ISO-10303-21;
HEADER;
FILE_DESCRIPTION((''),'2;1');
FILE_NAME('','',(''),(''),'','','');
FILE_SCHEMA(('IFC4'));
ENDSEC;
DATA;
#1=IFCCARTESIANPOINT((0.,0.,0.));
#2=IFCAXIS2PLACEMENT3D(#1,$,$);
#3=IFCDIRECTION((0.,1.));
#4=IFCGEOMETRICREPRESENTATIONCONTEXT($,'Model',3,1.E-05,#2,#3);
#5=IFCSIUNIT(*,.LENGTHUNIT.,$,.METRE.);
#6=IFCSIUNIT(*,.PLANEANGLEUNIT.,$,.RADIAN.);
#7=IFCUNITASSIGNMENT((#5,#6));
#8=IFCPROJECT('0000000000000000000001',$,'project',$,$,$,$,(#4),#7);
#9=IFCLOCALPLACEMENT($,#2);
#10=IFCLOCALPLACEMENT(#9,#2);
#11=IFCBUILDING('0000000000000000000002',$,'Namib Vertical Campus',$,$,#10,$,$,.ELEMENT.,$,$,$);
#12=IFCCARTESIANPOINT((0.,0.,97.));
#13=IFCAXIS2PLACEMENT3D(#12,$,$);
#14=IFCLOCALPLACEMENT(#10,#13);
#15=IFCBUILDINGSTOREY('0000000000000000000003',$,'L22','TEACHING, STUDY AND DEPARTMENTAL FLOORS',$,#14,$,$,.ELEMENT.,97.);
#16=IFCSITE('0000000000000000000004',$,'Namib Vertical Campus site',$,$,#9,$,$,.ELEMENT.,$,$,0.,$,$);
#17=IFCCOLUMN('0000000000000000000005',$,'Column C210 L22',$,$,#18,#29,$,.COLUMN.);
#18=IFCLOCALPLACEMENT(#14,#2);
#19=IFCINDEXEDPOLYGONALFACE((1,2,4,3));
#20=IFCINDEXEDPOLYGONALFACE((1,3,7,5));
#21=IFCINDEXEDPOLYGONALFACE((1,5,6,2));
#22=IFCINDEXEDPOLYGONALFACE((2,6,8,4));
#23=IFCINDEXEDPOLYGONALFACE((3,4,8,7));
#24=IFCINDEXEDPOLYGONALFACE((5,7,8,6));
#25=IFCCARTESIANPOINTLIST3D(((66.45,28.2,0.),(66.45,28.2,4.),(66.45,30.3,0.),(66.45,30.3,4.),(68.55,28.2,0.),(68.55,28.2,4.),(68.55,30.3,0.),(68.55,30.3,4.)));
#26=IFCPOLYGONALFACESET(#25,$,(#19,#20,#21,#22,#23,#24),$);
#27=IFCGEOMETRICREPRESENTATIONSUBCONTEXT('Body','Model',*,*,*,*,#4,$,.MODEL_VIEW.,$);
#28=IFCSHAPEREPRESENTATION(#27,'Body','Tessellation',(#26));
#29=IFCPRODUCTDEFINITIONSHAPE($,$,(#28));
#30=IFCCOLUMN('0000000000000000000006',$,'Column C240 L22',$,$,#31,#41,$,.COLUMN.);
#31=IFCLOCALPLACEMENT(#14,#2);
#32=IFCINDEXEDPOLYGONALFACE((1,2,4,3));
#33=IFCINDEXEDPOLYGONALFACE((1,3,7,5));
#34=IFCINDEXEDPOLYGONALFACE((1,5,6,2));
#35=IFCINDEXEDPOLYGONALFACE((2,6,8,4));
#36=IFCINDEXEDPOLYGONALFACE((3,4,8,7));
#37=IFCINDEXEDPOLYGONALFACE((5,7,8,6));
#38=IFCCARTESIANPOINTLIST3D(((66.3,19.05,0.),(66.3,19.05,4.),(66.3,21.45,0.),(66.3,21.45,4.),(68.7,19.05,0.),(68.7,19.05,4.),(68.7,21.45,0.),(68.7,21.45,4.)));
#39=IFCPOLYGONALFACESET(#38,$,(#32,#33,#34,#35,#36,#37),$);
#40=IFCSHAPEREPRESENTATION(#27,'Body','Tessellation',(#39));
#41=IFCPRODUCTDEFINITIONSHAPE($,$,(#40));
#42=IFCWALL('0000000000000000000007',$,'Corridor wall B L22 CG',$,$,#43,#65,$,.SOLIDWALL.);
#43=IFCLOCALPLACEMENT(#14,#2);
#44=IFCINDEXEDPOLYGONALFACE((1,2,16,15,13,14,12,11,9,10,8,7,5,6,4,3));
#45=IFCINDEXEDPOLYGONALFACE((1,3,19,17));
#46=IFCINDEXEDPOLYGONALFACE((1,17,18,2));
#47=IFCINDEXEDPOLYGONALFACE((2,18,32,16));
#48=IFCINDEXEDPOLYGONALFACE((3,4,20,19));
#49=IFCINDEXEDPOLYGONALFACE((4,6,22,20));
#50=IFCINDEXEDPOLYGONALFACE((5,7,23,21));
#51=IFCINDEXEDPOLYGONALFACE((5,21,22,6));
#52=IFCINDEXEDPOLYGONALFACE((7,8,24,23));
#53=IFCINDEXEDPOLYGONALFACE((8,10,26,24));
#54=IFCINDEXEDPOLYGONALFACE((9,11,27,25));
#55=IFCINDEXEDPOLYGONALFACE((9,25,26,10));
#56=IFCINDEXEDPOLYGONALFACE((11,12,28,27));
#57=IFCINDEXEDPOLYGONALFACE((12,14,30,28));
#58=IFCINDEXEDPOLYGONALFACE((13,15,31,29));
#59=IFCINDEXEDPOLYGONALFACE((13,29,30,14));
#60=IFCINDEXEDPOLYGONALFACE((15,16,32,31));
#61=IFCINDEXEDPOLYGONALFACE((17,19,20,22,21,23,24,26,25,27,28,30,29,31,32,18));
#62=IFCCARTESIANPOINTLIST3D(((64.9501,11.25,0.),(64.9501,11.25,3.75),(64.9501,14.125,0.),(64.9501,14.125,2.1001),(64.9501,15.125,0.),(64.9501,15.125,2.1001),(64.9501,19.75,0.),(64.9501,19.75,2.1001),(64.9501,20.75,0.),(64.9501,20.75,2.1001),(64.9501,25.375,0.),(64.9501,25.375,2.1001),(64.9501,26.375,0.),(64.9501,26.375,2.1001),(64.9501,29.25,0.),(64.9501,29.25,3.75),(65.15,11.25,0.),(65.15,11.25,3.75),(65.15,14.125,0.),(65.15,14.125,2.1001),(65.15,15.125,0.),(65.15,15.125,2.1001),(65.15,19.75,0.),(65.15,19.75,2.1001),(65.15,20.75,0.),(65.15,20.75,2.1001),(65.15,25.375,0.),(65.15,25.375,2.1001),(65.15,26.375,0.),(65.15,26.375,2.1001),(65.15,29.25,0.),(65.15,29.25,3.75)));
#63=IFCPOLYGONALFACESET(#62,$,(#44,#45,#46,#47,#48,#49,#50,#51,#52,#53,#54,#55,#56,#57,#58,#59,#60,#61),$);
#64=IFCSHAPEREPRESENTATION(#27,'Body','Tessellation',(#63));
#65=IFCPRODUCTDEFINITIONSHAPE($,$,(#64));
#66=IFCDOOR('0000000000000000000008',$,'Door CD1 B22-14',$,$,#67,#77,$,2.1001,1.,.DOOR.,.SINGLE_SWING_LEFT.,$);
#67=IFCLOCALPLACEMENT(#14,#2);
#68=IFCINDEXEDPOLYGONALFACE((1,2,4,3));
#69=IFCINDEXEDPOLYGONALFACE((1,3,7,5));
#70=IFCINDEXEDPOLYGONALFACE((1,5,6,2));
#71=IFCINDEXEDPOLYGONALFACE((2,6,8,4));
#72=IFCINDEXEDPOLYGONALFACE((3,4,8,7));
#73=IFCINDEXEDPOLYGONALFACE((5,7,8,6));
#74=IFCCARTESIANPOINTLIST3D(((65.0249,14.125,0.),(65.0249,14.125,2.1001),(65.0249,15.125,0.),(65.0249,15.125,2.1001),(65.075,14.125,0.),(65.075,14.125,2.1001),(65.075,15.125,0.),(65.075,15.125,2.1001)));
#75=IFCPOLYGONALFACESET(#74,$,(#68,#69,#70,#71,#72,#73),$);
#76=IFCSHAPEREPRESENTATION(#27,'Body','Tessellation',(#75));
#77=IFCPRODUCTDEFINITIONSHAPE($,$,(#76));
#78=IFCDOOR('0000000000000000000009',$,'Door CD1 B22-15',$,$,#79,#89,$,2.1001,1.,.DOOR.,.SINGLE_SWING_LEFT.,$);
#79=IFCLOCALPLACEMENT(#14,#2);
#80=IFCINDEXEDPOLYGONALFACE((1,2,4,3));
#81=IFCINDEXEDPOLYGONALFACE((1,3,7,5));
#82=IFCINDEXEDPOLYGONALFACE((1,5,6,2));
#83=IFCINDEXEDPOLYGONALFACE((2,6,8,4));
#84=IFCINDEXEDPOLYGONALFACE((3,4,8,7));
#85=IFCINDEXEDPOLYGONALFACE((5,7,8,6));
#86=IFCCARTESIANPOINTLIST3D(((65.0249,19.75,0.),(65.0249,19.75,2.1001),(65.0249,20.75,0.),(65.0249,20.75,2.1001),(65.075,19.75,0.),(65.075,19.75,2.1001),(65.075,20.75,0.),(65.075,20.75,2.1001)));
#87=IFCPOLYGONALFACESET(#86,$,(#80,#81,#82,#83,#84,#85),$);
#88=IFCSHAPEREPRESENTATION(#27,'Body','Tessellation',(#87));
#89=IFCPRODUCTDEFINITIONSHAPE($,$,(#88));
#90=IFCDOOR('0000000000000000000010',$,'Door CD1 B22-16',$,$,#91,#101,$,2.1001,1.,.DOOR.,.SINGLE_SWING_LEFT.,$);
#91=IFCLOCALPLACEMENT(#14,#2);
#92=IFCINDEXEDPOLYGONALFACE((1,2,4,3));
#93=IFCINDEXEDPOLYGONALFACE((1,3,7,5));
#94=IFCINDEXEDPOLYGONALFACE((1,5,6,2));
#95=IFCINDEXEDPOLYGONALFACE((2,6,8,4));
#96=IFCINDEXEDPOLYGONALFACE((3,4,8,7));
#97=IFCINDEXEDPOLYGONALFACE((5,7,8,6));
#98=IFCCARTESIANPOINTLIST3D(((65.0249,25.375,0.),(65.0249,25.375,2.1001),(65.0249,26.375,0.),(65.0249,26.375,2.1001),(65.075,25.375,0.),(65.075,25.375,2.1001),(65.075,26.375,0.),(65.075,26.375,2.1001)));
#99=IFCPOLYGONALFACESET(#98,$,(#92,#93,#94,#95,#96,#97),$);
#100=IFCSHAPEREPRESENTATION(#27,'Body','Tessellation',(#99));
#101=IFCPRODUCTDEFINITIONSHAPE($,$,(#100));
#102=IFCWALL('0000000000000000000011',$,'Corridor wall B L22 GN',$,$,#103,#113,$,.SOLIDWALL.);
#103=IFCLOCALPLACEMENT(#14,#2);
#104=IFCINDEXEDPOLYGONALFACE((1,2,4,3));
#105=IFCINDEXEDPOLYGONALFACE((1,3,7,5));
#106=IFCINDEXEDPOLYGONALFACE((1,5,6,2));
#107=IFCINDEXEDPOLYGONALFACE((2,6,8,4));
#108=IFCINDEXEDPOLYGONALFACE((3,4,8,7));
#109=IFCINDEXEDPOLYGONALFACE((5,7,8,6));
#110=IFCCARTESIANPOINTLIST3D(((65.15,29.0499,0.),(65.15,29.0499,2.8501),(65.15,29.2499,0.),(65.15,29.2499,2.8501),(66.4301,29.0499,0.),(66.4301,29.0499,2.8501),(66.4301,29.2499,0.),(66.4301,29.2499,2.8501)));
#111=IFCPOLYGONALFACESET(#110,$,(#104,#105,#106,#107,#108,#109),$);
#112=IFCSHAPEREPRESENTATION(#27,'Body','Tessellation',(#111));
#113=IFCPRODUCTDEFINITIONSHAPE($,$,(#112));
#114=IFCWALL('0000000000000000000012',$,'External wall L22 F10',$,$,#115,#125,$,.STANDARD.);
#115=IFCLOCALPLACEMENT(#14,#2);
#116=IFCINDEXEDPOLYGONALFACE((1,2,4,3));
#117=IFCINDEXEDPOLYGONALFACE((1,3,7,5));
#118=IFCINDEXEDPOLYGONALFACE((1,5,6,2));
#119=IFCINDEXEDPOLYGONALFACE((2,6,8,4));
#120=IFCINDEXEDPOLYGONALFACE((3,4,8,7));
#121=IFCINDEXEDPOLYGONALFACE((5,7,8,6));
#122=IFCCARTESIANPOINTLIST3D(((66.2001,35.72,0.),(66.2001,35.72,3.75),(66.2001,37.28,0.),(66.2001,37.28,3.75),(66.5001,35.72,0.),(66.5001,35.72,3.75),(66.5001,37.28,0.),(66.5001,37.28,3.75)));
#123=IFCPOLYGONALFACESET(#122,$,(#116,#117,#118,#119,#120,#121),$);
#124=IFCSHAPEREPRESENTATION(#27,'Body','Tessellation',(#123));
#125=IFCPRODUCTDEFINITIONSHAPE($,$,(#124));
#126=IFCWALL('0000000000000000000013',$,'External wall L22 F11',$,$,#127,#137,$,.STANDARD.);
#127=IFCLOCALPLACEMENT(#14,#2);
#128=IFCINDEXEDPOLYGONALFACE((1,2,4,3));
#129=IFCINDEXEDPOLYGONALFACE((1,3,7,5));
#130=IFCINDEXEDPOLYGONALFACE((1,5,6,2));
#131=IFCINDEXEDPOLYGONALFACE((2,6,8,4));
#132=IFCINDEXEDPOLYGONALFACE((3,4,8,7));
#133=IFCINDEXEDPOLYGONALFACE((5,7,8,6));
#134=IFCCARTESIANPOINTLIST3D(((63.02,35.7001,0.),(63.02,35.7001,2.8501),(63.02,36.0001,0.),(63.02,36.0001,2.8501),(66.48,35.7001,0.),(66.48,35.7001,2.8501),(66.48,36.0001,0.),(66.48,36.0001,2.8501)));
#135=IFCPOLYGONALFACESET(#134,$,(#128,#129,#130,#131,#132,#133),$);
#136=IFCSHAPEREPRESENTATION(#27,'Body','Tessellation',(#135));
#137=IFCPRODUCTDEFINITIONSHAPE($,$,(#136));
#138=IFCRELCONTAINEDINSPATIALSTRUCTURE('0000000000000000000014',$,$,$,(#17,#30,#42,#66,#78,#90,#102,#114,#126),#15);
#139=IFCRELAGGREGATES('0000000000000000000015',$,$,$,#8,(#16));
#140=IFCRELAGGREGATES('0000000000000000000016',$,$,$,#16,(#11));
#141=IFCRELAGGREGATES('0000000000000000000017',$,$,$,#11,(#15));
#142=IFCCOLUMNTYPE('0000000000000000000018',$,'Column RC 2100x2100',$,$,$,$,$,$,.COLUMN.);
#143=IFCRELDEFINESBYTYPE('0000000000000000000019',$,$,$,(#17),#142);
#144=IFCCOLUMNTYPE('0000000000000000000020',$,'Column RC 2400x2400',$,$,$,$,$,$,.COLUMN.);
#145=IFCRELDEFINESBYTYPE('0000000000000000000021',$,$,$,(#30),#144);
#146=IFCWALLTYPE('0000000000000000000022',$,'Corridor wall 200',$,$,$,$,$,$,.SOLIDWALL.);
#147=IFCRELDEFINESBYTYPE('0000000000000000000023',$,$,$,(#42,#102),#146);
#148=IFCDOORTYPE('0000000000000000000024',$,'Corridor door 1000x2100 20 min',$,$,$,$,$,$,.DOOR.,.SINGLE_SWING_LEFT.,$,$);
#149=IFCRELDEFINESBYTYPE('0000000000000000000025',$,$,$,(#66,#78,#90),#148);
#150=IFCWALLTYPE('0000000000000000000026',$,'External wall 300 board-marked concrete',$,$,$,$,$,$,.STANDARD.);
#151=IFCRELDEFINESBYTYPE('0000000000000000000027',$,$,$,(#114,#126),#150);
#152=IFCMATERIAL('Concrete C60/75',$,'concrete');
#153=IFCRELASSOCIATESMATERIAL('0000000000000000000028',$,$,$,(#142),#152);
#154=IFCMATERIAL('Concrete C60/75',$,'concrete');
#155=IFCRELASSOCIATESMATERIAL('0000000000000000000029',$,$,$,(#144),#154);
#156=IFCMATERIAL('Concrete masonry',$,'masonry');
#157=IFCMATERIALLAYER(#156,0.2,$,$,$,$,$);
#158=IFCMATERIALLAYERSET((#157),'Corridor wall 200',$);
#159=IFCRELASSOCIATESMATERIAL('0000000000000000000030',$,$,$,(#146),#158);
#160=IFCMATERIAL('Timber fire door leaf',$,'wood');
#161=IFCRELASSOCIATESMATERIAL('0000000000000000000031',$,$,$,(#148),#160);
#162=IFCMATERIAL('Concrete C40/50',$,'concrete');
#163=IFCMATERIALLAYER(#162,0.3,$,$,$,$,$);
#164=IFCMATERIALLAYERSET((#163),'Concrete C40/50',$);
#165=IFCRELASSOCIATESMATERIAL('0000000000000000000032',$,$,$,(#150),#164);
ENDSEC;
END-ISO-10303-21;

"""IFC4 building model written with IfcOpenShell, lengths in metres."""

from ifc_helpers import new_model, si_unit, direction, frame, frame_2d, origin, origin_2d, place, context, subcontext, project, spatial, rectangle, extrude, material, layer, layer_set, material_profile, profile_set, type_object, element, fill, save


model = new_model("IFC4")

# Units and contexts
model_context = context("Model", 3, precision=1e-05, world=origin(), true_north=direction((0.0, 1.0)))
body_context = subcontext(model_context, "Body", "Model", "MODEL_VIEW")
ifc_project = project(units=[si_unit("LENGTHUNIT", "METRE"), si_unit("PLANEANGLEUNIT", "RADIAN")], contexts=[model_context])

# Site, building, storey
site_placement = place(None, origin())
site = spatial("IfcSite", under=ifc_project, at=site_placement, Name="Namib Vertical Campus site", CompositionType="ELEMENT", RefElevation=0.0)
building_placement = place(site_placement, origin())
building = spatial("IfcBuilding", under=site, at=building_placement, Name="Namib Vertical Campus", CompositionType="ELEMENT")
storey_placement = place(building_placement, frame((0.0, 0.0, 97.0)))
storey = spatial("IfcBuildingStorey", under=building, at=storey_placement, Name="L22", Description="TEACHING, STUDY AND DEPARTMENTAL FLOORS", CompositionType="ELEMENT", Elevation=97.0)

# Columns
ifc_material_1 = material(Name="Concrete C60/75", Category="concrete")
ifc_material_profile_1 = material_profile(ifc_material_1, rectangle(XDim=2.1001, YDim=2.1001, at=origin_2d()))
ifc_profile_set_1 = profile_set([ifc_material_profile_1], Name="Concrete C60/75")
column_type_1 = type_object("IfcColumnType", Name="Column RC 2100x2100", PredefinedType="COLUMN", material=ifc_profile_set_1)
column_1_placement = place(storey_placement, frame((67.5, 29.25, 0.0), z_axis=(0.0, 0.0, 1.0), x_axis=(1.0, 0.0, 0.0)))
element("IfcColumn", 1, at=column_1_placement, inside=storey, type_object=column_type_1, Name="Column C210 L22", PredefinedType="COLUMN", context=body_context, shape_type="SweptSolid", body=[
    extrude(rectangle(XDim=2.1001, YDim=2.1001, at=origin_2d()), origin(), (0.0, 0.0, 1.0), 4.0),
])
ifc_material_2 = material(Name="Concrete C60/75", Category="concrete")
ifc_material_profile_2 = material_profile(ifc_material_2, rectangle(XDim=2.3999, YDim=2.3999, at=origin_2d()))
ifc_profile_set_2 = profile_set([ifc_material_profile_2], Name="Concrete C60/75")
column_type_2 = type_object("IfcColumnType", Name="Column RC 2400x2400", PredefinedType="COLUMN", material=ifc_profile_set_2)
column_2_placement = place(storey_placement, frame((67.5, 20.25, 0.0), z_axis=(0.0, 0.0, 1.0), x_axis=(1.0, 0.0, 0.0)))
element("IfcColumn", 2, at=column_2_placement, inside=storey, type_object=column_type_2, Name="Column C240 L22", PredefinedType="COLUMN", context=body_context, shape_type="SweptSolid", body=[
    extrude(rectangle(XDim=2.3999, YDim=2.3999, at=origin_2d()), origin(), (0.0, 0.0, 1.0), 4.0),
])

# Wall, openings, doors
ifc_material_3 = material(Name="Concrete masonry", Category="masonry")
ifc_layer_1 = layer(ifc_material_3, 0.2)
ifc_layer_set_1 = layer_set([ifc_layer_1], Name="Corridor wall 200")
wall_type_1 = type_object("IfcWallType", Name="Corridor wall 200", PredefinedType="SOLIDWALL", material=ifc_layer_set_1)
wall_1_placement = place(storey_placement, frame((65.05, 29.25, 0.0), z_axis=(0.0, 0.0, 1.0), x_axis=(0.0, -1.0, 0.0)))
wall_1 = element("IfcWall", 3, at=wall_1_placement, inside=storey, type_object=wall_type_1, Name="Corridor wall B L22 CG", PredefinedType="SOLIDWALL", context=body_context, shape_type="SweptSolid", body=[
    extrude(rectangle(XDim=18.0, YDim=0.2, at=frame_2d((9.0, 0.0))), origin(), (0.0, 0.0, 1.0), 3.75),
])
opening_1_placement = place(wall_1_placement, frame((14.125, 0.0, 0.0)))
opening_1 = element("IfcOpeningElement", 4, at=opening_1_placement, cuts=wall_1, PredefinedType="OPENING", context=body_context, shape_type="SweptSolid", body=[
    extrude(rectangle(XDim=1.0, YDim=2.1001, at=frame_2d((0.5, 1.05))), frame((0.0, 0.1099, 0.0), z_axis=(0.0, -1.0, 0.0), x_axis=(1.0, 0.0, 0.0)), (0.0, 0.0, 1.0), 0.22),
])
opening_2_placement = place(wall_1_placement, frame((8.5, 0.0, 0.0)))
opening_2 = element("IfcOpeningElement", 5, at=opening_2_placement, cuts=wall_1, PredefinedType="OPENING", context=body_context, shape_type="SweptSolid", body=[
    extrude(rectangle(XDim=1.0, YDim=2.1001, at=frame_2d((0.5, 1.05))), frame((0.0, 0.1099, 0.0), z_axis=(0.0, -1.0, 0.0), x_axis=(1.0, 0.0, 0.0)), (0.0, 0.0, 1.0), 0.22),
])
opening_3_placement = place(wall_1_placement, frame((2.875, 0.0, 0.0)))
opening_3 = element("IfcOpeningElement", 6, at=opening_3_placement, cuts=wall_1, PredefinedType="OPENING", context=body_context, shape_type="SweptSolid", body=[
    extrude(rectangle(XDim=1.0, YDim=2.1001, at=frame_2d((0.5, 1.05))), frame((0.0, 0.1099, 0.0), z_axis=(0.0, -1.0, 0.0), x_axis=(1.0, 0.0, 0.0)), (0.0, 0.0, 1.0), 0.22),
])
ifc_material_4 = material(Name="Timber fire door leaf", Category="wood")
door_type = type_object("IfcDoorType", Name="Corridor door 1000x2100 20 min", OperationType="SINGLE_SWING_LEFT", PredefinedType="DOOR", material=ifc_material_4)
door_1_placement = place(opening_1_placement, origin())
door_1 = element("IfcDoor", 7, at=door_1_placement, inside=storey, type_object=door_type, Name="Door CD1 B22-14", OperationType="SINGLE_SWING_LEFT", OverallHeight=2.1001, OverallWidth=1.0, PredefinedType="DOOR", context=body_context, shape_type="SweptSolid", body=[
    extrude(rectangle(XDim=1.0, YDim=2.1001, at=frame_2d((0.5, 1.05))), frame((0.0, 0.0249, 0.0), z_axis=(0.0, -1.0, 0.0), x_axis=(1.0, 0.0, 0.0)), (0.0, 0.0, 1.0), 0.05),
])
fill(opening_1, door_1)
door_2_placement = place(opening_2_placement, origin())
door_2 = element("IfcDoor", 8, at=door_2_placement, inside=storey, type_object=door_type, Name="Door CD1 B22-15", OperationType="SINGLE_SWING_LEFT", OverallHeight=2.1001, OverallWidth=1.0, PredefinedType="DOOR", context=body_context, shape_type="SweptSolid", body=[
    extrude(rectangle(XDim=1.0, YDim=2.1001, at=frame_2d((0.5, 1.05))), frame((0.0, 0.0249, 0.0), z_axis=(0.0, -1.0, 0.0), x_axis=(1.0, 0.0, 0.0)), (0.0, 0.0, 1.0), 0.05),
])
fill(opening_2, door_2)
door_3_placement = place(opening_3_placement, origin())
door_3 = element("IfcDoor", 9, at=door_3_placement, inside=storey, type_object=door_type, Name="Door CD1 B22-16", OperationType="SINGLE_SWING_LEFT", OverallHeight=2.1001, OverallWidth=1.0, PredefinedType="DOOR", context=body_context, shape_type="SweptSolid", body=[
    extrude(rectangle(XDim=1.0, YDim=2.1001, at=frame_2d((0.5, 1.05))), frame((0.0, 0.0249, 0.0), z_axis=(0.0, -1.0, 0.0), x_axis=(1.0, 0.0, 0.0)), (0.0, 0.0, 1.0), 0.05),
])
fill(opening_3, door_3)

# Walls
wall_2_placement = place(storey_placement, frame((65.1499, 29.1499, 0.0), z_axis=(0.0, 0.0, 1.0), x_axis=(1.0, 0.0, 0.0)))
element("IfcWall", 10, at=wall_2_placement, inside=storey, type_object=wall_type_1, Name="Corridor wall B L22 GN", PredefinedType="SOLIDWALL", context=body_context, shape_type="SweptSolid", body=[
    extrude(rectangle(XDim=1.28, YDim=0.2, at=frame_2d((0.6401, 0.0))), origin(), (0.0, 0.0, 1.0), 2.8501),
])
ifc_material_5 = material(Name="Concrete C40/50", Category="concrete")
ifc_layer_2 = layer(ifc_material_5, 0.3)
ifc_layer_set_2 = layer_set([ifc_layer_2], Name="Concrete C40/50")
wall_type_2 = type_object("IfcWallType", Name="External wall 300 board-marked concrete", PredefinedType="STANDARD", material=ifc_layer_set_2)
wall_3_placement = place(storey_placement, frame((66.3501, 37.28, 0.0), z_axis=(0.0, 0.0, 1.0), x_axis=(0.0, -1.0, 0.0)))
element("IfcWall", 11, at=wall_3_placement, inside=storey, type_object=wall_type_2, Name="External wall L22 F10", PredefinedType="STANDARD", context=body_context, shape_type="SweptSolid", body=[
    extrude(rectangle(XDim=1.5601, YDim=0.3, at=frame_2d((0.78, 0.0))), origin(), (0.0, 0.0, 1.0), 3.75),
])
wall_4_placement = place(storey_placement, frame((66.48, 35.8501, 0.0), z_axis=(0.0, 0.0, 1.0), x_axis=(-1.0, 0.0, 0.0)))
element("IfcWall", 12, at=wall_4_placement, inside=storey, type_object=wall_type_2, Name="External wall L22 F11", PredefinedType="STANDARD", context=body_context, shape_type="SweptSolid", body=[
    extrude(rectangle(XDim=3.46, YDim=0.3, at=frame_2d((1.73, 0.0))), origin(), (0.0, 0.0, 1.0), 2.8501),
])

save(model, "model.ifc")
